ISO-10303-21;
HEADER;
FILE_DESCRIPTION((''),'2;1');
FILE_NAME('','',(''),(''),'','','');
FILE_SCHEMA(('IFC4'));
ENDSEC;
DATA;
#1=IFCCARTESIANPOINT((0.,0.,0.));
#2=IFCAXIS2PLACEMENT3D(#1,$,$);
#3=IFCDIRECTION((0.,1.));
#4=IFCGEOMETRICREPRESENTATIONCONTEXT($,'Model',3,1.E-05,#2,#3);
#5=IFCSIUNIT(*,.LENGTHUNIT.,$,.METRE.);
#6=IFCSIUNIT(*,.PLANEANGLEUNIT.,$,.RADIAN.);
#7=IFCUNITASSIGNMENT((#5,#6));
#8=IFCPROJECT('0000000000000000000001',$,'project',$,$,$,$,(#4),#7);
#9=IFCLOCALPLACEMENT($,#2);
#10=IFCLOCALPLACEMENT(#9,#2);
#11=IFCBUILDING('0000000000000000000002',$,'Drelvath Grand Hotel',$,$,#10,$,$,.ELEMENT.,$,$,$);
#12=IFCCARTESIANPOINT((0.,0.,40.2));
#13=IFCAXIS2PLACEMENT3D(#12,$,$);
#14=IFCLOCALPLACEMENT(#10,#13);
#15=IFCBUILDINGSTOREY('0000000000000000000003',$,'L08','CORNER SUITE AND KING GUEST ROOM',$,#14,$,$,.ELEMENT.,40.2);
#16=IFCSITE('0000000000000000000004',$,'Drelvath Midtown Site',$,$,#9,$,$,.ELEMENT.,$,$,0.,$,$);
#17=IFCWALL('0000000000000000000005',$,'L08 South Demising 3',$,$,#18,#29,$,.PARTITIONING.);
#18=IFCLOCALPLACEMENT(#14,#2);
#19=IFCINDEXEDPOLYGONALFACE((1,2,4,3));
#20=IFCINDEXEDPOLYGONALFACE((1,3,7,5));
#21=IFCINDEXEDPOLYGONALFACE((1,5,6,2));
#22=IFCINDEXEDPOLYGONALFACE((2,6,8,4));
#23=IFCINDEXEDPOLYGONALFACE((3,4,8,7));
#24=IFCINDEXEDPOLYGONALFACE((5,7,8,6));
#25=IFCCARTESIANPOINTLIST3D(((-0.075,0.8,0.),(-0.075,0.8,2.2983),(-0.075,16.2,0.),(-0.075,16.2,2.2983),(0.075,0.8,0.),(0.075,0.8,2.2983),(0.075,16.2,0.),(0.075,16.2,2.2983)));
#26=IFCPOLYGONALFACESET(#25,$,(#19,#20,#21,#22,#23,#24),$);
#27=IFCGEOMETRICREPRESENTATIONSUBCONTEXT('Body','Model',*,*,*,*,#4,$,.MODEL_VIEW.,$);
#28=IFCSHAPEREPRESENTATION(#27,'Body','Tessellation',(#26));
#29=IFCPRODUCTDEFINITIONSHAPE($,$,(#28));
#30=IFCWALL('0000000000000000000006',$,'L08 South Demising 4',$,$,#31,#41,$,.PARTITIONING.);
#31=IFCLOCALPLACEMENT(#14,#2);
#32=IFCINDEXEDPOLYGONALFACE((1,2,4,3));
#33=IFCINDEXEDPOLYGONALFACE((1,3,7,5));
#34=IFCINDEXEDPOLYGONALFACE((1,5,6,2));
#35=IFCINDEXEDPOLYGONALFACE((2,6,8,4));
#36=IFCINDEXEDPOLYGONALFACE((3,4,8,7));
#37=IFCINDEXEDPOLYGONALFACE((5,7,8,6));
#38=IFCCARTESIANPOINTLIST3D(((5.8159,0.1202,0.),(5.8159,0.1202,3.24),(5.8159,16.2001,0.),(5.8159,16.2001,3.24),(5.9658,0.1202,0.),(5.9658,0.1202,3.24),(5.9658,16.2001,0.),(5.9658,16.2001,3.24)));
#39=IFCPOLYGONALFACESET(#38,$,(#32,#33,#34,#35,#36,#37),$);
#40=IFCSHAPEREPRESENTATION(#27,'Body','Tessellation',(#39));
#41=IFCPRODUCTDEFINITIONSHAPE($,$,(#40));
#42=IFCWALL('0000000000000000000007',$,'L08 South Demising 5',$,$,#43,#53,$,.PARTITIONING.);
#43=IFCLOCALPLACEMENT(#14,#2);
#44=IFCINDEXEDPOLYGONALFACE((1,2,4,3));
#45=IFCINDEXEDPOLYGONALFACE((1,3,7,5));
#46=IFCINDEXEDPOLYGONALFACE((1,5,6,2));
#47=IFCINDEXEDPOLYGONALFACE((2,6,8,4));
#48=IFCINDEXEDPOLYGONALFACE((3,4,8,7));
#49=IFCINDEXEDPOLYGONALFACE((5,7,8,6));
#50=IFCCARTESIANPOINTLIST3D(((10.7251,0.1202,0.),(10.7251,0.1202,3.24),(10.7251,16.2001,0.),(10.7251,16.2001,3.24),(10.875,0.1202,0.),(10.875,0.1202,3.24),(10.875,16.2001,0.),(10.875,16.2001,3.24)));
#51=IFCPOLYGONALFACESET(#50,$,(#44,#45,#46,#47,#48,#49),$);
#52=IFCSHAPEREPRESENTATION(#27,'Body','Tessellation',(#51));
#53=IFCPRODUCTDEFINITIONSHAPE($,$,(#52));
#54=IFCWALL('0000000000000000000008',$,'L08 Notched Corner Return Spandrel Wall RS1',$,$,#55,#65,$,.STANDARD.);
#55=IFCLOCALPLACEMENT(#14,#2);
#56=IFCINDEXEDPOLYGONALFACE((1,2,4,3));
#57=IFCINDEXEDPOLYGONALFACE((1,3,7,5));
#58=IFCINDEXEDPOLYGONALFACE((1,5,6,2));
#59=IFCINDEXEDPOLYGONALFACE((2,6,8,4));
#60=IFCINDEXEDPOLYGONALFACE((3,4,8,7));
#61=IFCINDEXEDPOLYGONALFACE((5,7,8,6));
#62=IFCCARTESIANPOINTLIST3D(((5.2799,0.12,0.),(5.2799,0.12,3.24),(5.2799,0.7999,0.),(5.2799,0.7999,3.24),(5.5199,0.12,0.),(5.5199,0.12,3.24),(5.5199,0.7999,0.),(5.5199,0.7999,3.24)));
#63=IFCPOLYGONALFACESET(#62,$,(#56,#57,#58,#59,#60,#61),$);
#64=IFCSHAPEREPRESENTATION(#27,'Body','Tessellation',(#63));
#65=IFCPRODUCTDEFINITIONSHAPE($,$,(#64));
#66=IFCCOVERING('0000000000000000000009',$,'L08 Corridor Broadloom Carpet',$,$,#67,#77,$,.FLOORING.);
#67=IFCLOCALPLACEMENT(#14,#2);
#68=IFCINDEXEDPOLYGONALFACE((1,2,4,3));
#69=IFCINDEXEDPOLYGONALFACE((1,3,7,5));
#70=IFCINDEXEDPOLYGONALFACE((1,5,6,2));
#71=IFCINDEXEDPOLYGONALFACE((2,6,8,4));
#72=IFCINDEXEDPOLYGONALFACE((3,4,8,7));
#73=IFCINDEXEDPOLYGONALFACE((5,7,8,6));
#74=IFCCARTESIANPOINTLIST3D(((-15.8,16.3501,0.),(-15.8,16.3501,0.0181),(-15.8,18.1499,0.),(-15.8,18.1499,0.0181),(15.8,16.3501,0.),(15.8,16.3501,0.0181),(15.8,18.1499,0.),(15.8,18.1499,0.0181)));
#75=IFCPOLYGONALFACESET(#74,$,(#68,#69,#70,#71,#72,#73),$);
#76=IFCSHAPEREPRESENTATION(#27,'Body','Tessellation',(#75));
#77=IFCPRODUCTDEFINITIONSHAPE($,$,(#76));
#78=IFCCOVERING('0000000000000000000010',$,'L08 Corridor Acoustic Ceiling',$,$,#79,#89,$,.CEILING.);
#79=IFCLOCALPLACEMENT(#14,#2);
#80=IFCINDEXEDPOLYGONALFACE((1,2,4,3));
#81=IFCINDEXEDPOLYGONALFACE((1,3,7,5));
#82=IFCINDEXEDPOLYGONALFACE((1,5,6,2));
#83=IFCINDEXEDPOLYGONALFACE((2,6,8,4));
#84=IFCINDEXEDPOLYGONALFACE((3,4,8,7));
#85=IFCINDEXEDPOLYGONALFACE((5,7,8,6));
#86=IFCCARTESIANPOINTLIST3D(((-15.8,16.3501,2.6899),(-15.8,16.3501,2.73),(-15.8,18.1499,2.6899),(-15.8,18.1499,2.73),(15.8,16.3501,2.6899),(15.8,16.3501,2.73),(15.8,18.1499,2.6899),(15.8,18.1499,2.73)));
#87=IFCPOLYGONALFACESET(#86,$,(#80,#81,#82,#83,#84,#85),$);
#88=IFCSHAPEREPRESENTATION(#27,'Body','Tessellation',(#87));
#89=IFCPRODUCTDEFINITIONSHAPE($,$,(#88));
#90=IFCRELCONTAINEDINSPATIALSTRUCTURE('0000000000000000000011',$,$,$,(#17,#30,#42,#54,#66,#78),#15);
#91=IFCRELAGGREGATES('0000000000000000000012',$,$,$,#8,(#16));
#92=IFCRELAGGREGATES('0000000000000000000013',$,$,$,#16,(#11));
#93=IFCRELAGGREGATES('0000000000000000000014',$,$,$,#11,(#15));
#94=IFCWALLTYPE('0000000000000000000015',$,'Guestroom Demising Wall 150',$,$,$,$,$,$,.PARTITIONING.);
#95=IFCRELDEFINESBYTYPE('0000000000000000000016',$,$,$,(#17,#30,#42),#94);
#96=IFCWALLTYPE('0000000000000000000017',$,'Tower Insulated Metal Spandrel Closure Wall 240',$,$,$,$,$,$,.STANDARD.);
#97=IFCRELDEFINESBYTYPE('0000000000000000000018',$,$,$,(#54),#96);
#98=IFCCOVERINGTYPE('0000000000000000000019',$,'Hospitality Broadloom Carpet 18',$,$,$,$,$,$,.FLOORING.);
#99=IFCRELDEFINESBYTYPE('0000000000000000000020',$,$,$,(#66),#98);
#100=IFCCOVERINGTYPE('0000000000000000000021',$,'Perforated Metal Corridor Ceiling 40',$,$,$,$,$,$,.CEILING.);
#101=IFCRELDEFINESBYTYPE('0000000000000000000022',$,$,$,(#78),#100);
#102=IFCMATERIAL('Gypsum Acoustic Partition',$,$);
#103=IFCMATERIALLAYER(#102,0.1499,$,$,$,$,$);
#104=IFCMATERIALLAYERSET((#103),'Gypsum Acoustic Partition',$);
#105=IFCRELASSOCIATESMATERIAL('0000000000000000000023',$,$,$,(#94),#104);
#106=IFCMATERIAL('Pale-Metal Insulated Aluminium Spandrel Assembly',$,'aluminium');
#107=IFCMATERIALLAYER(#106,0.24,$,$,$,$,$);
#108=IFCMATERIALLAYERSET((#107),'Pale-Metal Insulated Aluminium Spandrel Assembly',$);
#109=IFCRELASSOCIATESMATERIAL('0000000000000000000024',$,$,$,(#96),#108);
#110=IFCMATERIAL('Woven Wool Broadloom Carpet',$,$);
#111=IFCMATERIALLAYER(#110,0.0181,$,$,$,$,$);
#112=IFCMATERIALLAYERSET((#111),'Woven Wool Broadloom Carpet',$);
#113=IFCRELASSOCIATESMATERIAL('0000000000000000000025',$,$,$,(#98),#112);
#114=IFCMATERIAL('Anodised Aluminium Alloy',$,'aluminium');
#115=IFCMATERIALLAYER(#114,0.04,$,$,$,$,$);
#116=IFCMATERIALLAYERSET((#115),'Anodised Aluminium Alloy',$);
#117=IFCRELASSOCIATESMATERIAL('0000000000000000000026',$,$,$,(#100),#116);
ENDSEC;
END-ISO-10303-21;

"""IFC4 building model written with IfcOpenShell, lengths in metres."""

from ifc_helpers import new_model, si_unit, direction, frame, frame_2d, origin, place, context, subcontext, project, spatial, polyline, rectangle, outline, extrude, material, layer, layer_set, type_object, element, save


model = new_model("IFC4")

# Units and contexts
model_context = context("Model", 3, precision=1e-05, world=origin(), true_north=direction((0.0, 1.0)))
body_context = subcontext(model_context, "Body", "Model", "MODEL_VIEW")
ifc_project = project(units=[si_unit("LENGTHUNIT", "METRE"), si_unit("PLANEANGLEUNIT", "RADIAN")], contexts=[model_context])

# Site, building, storey
site_placement = place(None, origin())
site = spatial("IfcSite", under=ifc_project, at=site_placement, Name="Drelvath Midtown Site", CompositionType="ELEMENT", RefElevation=0.0)
building_placement = place(site_placement, origin())
building = spatial("IfcBuilding", under=site, at=building_placement, Name="Drelvath Grand Hotel", CompositionType="ELEMENT")
storey_placement = place(building_placement, frame((0.0, 0.0, 40.2)))
storey = spatial("IfcBuildingStorey", under=building, at=storey_placement, Name="L08", Description="CORNER SUITE AND KING GUEST ROOM", CompositionType="ELEMENT", Elevation=40.2)

# Walls
ifc_material_1 = material(Name="Gypsum Acoustic Partition")
ifc_layer_1 = layer(ifc_material_1, 0.1499)
ifc_layer_set_1 = layer_set([ifc_layer_1], Name="Gypsum Acoustic Partition")
wall_type_1 = type_object("IfcWallType", Name="Guestroom Demising Wall 150", PredefinedType="PARTITIONING", material=ifc_layer_set_1)
wall_1_placement = place(storey_placement, frame((0.0, 0.8, 0.0), z_axis=(0.0, 0.0, 1.0), x_axis=(0.0, 1.0, 0.0)))
element("IfcWall", 1, at=wall_1_placement, inside=storey, type_object=wall_type_1, Name="L08 South Demising 3", PredefinedType="PARTITIONING", context=body_context, shape_type="SweptSolid", body=[
    extrude(rectangle(XDim=15.3999, YDim=0.1499, at=frame_2d((7.7, 0.0))), origin(), (0.0, 0.0, 1.0), 2.2983),
])
for number, where, z_axis, x_axis, name in (
    (2, (5.8909, 0.1201, 0.0), (0.0, 0.0, 1.0), (0.0, 1.0, 0.0), "L08 South Demising 4"),
    (3, (10.8, 0.1201, 0.0), (0.0, 0.0, 1.0), (0.0, 1.0, 0.0), "L08 South Demising 5"),
):
    element("IfcWall", number, at=place(storey_placement, frame(where, z_axis=z_axis, x_axis=x_axis)), inside=storey, type_object=wall_type_1, Name=name, PredefinedType="PARTITIONING", context=body_context, shape_type="SweptSolid", body=[
        extrude(rectangle(XDim=16.0798, YDim=0.1499, at=frame_2d((8.04, 0.0))), origin(), (0.0, 0.0, 1.0), 3.24),
    ])
ifc_material_2 = material(Name="Pale-Metal Insulated Aluminium Spandrel Assembly", Category="aluminium")
ifc_layer_2 = layer(ifc_material_2, 0.24)
ifc_layer_set_2 = layer_set([ifc_layer_2], Name="Pale-Metal Insulated Aluminium Spandrel Assembly")
wall_type_2 = type_object("IfcWallType", Name="Tower Insulated Metal Spandrel Closure Wall 240", PredefinedType="STANDARD", material=ifc_layer_set_2)
wall_2_placement = place(storey_placement, frame((5.3999, 0.1201, 0.0), z_axis=(0.0, 0.0, 1.0), x_axis=(0.0, 1.0, 0.0)))
element("IfcWall", 4, at=wall_2_placement, inside=storey, type_object=wall_type_2, Name="L08 Notched Corner Return Spandrel Wall RS1", PredefinedType="STANDARD", context=body_context, shape_type="SweptSolid", body=[
    extrude(rectangle(XDim=0.6799, YDim=0.24, at=frame_2d((0.3398, 0.0))), origin(), (0.0, 0.0, 1.0), 3.24),
])

# Coverings
ifc_material_3 = material(Name="Woven Wool Broadloom Carpet")
ifc_layer_3 = layer(ifc_material_3, 0.0181)
ifc_layer_set_3 = layer_set([ifc_layer_3], Name="Woven Wool Broadloom Carpet")
covering_type_1 = type_object("IfcCoveringType", Name="Hospitality Broadloom Carpet 18", PredefinedType="FLOORING", material=ifc_layer_set_3)
covering_1_placement = place(storey_placement, origin())
element("IfcCovering", 5, at=covering_1_placement, inside=storey, type_object=covering_type_1, Name="L08 Corridor Broadloom Carpet", PredefinedType="FLOORING", context=body_context, shape_type="SweptSolid", body=[
    extrude(outline(polyline([(15.8, 16.3501), (15.8, 18.1499), (-15.8, 18.1499), (-15.8, 16.3501), (15.8, 16.3501)])), origin(), (0.0, 0.0, 1.0), 0.0181),
])
ifc_material_4 = material(Name="Anodised Aluminium Alloy", Category="aluminium")
ifc_layer_4 = layer(ifc_material_4, 0.04)
ifc_layer_set_4 = layer_set([ifc_layer_4], Name="Anodised Aluminium Alloy")
covering_type_2 = type_object("IfcCoveringType", Name="Perforated Metal Corridor Ceiling 40", PredefinedType="CEILING", material=ifc_layer_set_4)
covering_2_placement = place(storey_placement, frame((0.0, 0.0, 2.6899)))
element("IfcCovering", 6, at=covering_2_placement, inside=storey, type_object=covering_type_2, Name="L08 Corridor Acoustic Ceiling", PredefinedType="CEILING", context=body_context, shape_type="SweptSolid", body=[
    extrude(outline(polyline([(15.8, 16.3501), (15.8, 18.1499), (-15.8, 18.1499), (-15.8, 16.3501), (15.8, 16.3501)])), origin(), (0.0, 0.0, 1.0), 0.04),
])

save(model, "model.ifc")
